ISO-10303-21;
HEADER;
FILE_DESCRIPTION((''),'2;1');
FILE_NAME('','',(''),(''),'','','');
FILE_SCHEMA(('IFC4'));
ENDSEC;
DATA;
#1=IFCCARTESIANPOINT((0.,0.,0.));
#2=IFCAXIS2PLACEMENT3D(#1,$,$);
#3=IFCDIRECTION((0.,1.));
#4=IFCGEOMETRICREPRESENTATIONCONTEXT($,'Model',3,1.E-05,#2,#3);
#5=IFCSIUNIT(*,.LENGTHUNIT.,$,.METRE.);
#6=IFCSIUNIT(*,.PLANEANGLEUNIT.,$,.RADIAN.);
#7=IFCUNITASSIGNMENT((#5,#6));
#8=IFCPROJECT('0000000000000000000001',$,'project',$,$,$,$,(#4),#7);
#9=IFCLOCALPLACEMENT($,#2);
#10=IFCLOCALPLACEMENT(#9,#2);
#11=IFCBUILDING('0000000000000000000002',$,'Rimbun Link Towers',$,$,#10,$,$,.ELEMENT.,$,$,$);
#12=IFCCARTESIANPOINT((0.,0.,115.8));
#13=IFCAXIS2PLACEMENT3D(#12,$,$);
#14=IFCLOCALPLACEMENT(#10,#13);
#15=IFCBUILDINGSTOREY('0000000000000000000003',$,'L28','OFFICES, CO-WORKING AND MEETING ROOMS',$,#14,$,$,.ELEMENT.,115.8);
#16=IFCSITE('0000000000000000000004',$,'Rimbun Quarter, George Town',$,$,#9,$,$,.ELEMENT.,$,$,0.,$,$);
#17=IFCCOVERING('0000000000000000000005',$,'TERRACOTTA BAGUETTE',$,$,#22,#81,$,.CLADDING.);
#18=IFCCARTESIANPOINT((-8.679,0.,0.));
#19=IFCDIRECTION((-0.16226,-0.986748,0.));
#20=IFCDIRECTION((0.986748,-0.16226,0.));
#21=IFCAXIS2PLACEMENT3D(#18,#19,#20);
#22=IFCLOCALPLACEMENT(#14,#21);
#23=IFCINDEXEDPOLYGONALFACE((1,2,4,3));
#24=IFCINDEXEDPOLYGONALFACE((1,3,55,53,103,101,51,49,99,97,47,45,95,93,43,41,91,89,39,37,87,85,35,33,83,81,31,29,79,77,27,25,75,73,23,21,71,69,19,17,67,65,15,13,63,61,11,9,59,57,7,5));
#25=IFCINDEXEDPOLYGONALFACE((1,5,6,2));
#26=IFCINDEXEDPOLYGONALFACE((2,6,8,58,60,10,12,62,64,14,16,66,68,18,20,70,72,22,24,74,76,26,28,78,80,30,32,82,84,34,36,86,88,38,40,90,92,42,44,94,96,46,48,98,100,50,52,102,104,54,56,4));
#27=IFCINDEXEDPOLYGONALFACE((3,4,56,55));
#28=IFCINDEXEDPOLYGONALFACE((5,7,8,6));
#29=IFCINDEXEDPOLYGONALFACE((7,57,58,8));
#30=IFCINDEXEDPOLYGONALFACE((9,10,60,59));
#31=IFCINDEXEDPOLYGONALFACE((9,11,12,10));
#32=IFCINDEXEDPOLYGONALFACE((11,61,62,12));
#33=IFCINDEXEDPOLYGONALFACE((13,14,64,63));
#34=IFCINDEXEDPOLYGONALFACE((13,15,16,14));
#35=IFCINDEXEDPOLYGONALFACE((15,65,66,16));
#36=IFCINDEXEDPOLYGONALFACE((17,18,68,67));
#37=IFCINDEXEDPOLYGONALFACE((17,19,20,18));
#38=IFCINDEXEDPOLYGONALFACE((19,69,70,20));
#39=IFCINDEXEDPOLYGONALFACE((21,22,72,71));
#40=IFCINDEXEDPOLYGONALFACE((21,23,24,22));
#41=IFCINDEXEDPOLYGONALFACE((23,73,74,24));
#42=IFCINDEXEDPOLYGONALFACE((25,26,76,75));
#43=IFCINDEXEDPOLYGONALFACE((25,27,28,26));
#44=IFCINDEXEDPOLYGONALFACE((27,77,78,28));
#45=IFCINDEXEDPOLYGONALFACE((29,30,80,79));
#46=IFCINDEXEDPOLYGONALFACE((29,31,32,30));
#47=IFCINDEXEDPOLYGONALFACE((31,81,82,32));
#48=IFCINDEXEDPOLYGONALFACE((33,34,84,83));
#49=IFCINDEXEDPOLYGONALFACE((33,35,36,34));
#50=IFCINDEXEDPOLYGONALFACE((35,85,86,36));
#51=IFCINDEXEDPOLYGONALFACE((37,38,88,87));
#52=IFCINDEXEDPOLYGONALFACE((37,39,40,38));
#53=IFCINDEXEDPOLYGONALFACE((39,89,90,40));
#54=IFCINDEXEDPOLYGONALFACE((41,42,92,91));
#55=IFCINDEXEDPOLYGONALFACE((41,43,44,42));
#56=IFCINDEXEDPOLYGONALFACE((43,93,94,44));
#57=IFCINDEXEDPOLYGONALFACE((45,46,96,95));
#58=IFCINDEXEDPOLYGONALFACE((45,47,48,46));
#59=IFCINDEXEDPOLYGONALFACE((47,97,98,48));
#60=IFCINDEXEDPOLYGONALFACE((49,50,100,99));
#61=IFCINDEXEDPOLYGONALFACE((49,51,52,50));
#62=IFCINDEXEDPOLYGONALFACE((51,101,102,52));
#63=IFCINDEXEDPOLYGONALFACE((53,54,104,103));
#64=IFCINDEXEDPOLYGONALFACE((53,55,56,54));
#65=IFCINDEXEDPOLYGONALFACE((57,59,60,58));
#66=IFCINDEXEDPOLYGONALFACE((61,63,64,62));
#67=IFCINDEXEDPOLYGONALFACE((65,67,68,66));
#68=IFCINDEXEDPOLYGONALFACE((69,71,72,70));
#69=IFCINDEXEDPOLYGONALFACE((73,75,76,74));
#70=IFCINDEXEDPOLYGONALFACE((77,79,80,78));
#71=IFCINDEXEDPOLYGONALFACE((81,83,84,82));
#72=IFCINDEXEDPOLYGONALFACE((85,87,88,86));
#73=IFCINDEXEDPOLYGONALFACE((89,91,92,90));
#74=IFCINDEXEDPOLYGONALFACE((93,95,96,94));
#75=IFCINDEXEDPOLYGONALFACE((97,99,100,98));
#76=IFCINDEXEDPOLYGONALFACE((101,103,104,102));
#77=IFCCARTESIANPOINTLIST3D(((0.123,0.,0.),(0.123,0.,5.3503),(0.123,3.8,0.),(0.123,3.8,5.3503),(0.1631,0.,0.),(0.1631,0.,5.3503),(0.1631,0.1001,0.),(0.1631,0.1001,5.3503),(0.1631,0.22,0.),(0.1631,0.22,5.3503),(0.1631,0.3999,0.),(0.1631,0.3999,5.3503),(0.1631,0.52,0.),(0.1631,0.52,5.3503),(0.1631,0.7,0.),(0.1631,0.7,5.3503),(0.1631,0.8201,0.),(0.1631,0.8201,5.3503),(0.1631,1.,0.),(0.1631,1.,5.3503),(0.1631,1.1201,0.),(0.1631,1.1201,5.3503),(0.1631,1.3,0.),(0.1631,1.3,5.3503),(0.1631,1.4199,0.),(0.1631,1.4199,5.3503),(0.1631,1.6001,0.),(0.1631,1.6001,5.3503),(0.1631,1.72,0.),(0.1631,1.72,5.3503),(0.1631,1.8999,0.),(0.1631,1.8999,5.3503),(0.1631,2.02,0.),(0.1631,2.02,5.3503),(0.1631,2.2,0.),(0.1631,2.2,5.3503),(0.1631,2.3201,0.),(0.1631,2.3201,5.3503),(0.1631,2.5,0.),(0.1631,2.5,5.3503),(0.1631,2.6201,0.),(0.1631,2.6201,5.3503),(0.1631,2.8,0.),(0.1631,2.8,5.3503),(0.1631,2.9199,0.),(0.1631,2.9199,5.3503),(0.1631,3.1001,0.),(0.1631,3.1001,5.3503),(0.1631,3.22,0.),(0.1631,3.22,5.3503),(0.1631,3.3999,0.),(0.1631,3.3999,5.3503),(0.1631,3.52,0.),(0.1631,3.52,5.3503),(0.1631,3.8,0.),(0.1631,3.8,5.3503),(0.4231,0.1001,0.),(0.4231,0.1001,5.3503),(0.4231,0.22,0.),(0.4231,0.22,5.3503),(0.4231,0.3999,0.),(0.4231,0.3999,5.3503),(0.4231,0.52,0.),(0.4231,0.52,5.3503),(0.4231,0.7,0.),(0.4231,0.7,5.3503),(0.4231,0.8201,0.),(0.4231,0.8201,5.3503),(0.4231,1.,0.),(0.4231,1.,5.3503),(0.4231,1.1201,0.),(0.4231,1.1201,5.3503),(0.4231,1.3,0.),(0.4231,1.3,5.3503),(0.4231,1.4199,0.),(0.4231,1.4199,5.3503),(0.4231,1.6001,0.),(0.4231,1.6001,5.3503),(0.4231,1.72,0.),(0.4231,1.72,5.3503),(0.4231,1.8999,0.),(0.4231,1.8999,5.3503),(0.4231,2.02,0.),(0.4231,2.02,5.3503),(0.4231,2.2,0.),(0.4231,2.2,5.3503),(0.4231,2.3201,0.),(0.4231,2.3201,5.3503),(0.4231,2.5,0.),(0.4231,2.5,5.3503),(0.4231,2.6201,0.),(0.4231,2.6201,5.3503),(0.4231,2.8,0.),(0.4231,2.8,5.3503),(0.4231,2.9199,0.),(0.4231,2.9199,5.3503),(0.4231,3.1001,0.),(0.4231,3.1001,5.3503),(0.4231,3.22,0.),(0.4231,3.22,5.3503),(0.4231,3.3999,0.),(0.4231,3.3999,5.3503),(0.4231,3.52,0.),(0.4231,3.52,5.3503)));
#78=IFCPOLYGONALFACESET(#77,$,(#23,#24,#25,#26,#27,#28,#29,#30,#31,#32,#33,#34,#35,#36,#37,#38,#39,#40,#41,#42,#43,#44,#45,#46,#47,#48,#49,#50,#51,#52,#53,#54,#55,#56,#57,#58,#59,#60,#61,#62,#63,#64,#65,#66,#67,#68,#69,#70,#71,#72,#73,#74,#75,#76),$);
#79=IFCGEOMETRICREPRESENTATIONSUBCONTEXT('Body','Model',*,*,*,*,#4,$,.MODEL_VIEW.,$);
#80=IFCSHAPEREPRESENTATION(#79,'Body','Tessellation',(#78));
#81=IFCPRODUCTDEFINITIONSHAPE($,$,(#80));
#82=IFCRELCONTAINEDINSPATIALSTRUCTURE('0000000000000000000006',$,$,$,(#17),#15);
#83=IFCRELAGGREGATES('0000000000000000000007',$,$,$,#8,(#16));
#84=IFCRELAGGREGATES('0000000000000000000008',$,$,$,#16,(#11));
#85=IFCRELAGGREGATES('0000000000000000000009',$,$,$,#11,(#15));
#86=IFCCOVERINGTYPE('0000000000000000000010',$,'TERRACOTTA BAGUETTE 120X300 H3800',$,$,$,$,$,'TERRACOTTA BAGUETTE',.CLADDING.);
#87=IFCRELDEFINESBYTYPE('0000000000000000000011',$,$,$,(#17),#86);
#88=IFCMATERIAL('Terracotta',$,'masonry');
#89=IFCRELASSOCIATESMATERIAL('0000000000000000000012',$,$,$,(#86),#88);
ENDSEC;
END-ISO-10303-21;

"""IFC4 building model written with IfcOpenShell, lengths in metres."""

from ifc_helpers import new_model, si_unit, direction, frame, origin, place, context, subcontext, project, spatial, polyline, outline, extrude, material, material_profile, profile_set, type_object, element, save


model = new_model("IFC4")

# Units and contexts
model_context = context("Model", 3, precision=1e-05, world=origin(), true_north=direction((0.0, 1.0)))
body_context = subcontext(model_context, "Body", "Model", "MODEL_VIEW")
ifc_project = project(units=[si_unit("LENGTHUNIT", "METRE"), si_unit("PLANEANGLEUNIT", "RADIAN")], contexts=[model_context])

# Site, building, storey
site_placement = place(None, origin())
site = spatial("IfcSite", under=ifc_project, at=site_placement, Name="Rimbun Quarter, George Town", CompositionType="ELEMENT", RefElevation=0.0)
building_placement = place(site_placement, origin())
building = spatial("IfcBuilding", under=site, at=building_placement, Name="Rimbun Link Towers", CompositionType="ELEMENT")
storey_placement = place(building_placement, frame((0.0, 0.0, 115.8)))
storey = spatial("IfcBuildingStorey", under=building, at=storey_placement, Name="L28", Description="OFFICES, CO-WORKING AND MEETING ROOMS", CompositionType="ELEMENT", Elevation=115.8)

# Covering
ifc_material_1 = material(Name="Terracotta", Category="masonry")
ifc_material_profile_1 = material_profile(ifc_material_1, outline(polyline([(0.123, 0.0), (0.1631, 0.0), (0.1631, 0.1001), (0.4231, 0.1001), (0.4231, 0.22), (0.1631, 0.22), (0.1631, 0.3999), (0.4231, 0.3999), (0.4231, 0.52), (0.1631, 0.52), (0.1631, 0.7), (0.4231, 0.7), (0.4231, 0.8201), (0.1631, 0.8201), (0.1631, 1.0), (0.4231, 1.0), (0.4231, 1.1201), (0.1631, 1.1201), (0.1631, 1.3), (0.4231, 1.3), (0.4231, 1.4199), (0.1631, 1.4199), (0.1631, 1.6001), (0.4231, 1.6001), (0.4231, 1.72), (0.1631, 1.72), (0.1631, 1.8999), (0.4231, 1.8999), (0.4231, 2.02), (0.1631, 2.02), (0.1631, 2.2), (0.4231, 2.2), (0.4231, 2.3201), (0.1631, 2.3201), (0.1631, 2.5), (0.4231, 2.5), (0.4231, 2.6201), (0.1631, 2.6201), (0.1631, 2.8), (0.4231, 2.8), (0.4231, 2.9199), (0.1631, 2.9199), (0.1631, 3.1001), (0.4231, 3.1001), (0.4231, 3.22), (0.1631, 3.22), (0.1631, 3.3999), (0.4231, 3.3999), (0.4231, 3.52), (0.1631, 3.52), (0.1631, 3.8), (0.123, 3.8), (0.123, 0.0)])), Name="BAGUETTE 120X300")
ifc_profile_set_1 = profile_set([ifc_material_profile_1], Name="Terracotta")
covering_type_1 = type_object("IfcCoveringType", Name="TERRACOTTA BAGUETTE 120X300 H3800", ElementType="TERRACOTTA BAGUETTE", PredefinedType="CLADDING", material=ifc_profile_set_1)
covering_1_placement = place(storey_placement, frame((-8.679, 0.0, 0.0), z_axis=(-0.16226, -0.986748, 0.0), x_axis=(0.986748, -0.16226, 0.0)))
element("IfcCovering", 1, at=covering_1_placement, inside=storey, type_object=covering_type_1, Name="TERRACOTTA BAGUETTE", PredefinedType="CLADDING", context=body_context, shape_type="SweptSolid", body=[
    extrude(outline(polyline([(0.123, 0.0), (0.1631, 0.0), (0.1631, 0.1001), (0.4231, 0.1001), (0.4231, 0.22), (0.1631, 0.22), (0.1631, 0.3999), (0.4231, 0.3999), (0.4231, 0.52), (0.1631, 0.52), (0.1631, 0.7), (0.4231, 0.7), (0.4231, 0.8201), (0.1631, 0.8201), (0.1631, 1.0), (0.4231, 1.0), (0.4231, 1.1201), (0.1631, 1.1201), (0.1631, 1.3), (0.4231, 1.3), (0.4231, 1.4199), (0.1631, 1.4199), (0.1631, 1.6001), (0.4231, 1.6001), (0.4231, 1.72), (0.1631, 1.72), (0.1631, 1.8999), (0.4231, 1.8999), (0.4231, 2.02), (0.1631, 2.02), (0.1631, 2.2), (0.4231, 2.2), (0.4231, 2.3201), (0.1631, 2.3201), (0.1631, 2.5), (0.4231, 2.5), (0.4231, 2.6201), (0.1631, 2.6201), (0.1631, 2.8), (0.4231, 2.8), (0.4231, 2.9199), (0.1631, 2.9199), (0.1631, 3.1001), (0.4231, 3.1001), (0.4231, 3.22), (0.1631, 3.22), (0.1631, 3.3999), (0.4231, 3.3999), (0.4231, 3.52), (0.1631, 3.52), (0.1631, 3.8), (0.123, 3.8), (0.123, 0.0)])), origin(), (0.0, 0.0, 1.0), 5.3503),
])

save(model, "model.ifc")
